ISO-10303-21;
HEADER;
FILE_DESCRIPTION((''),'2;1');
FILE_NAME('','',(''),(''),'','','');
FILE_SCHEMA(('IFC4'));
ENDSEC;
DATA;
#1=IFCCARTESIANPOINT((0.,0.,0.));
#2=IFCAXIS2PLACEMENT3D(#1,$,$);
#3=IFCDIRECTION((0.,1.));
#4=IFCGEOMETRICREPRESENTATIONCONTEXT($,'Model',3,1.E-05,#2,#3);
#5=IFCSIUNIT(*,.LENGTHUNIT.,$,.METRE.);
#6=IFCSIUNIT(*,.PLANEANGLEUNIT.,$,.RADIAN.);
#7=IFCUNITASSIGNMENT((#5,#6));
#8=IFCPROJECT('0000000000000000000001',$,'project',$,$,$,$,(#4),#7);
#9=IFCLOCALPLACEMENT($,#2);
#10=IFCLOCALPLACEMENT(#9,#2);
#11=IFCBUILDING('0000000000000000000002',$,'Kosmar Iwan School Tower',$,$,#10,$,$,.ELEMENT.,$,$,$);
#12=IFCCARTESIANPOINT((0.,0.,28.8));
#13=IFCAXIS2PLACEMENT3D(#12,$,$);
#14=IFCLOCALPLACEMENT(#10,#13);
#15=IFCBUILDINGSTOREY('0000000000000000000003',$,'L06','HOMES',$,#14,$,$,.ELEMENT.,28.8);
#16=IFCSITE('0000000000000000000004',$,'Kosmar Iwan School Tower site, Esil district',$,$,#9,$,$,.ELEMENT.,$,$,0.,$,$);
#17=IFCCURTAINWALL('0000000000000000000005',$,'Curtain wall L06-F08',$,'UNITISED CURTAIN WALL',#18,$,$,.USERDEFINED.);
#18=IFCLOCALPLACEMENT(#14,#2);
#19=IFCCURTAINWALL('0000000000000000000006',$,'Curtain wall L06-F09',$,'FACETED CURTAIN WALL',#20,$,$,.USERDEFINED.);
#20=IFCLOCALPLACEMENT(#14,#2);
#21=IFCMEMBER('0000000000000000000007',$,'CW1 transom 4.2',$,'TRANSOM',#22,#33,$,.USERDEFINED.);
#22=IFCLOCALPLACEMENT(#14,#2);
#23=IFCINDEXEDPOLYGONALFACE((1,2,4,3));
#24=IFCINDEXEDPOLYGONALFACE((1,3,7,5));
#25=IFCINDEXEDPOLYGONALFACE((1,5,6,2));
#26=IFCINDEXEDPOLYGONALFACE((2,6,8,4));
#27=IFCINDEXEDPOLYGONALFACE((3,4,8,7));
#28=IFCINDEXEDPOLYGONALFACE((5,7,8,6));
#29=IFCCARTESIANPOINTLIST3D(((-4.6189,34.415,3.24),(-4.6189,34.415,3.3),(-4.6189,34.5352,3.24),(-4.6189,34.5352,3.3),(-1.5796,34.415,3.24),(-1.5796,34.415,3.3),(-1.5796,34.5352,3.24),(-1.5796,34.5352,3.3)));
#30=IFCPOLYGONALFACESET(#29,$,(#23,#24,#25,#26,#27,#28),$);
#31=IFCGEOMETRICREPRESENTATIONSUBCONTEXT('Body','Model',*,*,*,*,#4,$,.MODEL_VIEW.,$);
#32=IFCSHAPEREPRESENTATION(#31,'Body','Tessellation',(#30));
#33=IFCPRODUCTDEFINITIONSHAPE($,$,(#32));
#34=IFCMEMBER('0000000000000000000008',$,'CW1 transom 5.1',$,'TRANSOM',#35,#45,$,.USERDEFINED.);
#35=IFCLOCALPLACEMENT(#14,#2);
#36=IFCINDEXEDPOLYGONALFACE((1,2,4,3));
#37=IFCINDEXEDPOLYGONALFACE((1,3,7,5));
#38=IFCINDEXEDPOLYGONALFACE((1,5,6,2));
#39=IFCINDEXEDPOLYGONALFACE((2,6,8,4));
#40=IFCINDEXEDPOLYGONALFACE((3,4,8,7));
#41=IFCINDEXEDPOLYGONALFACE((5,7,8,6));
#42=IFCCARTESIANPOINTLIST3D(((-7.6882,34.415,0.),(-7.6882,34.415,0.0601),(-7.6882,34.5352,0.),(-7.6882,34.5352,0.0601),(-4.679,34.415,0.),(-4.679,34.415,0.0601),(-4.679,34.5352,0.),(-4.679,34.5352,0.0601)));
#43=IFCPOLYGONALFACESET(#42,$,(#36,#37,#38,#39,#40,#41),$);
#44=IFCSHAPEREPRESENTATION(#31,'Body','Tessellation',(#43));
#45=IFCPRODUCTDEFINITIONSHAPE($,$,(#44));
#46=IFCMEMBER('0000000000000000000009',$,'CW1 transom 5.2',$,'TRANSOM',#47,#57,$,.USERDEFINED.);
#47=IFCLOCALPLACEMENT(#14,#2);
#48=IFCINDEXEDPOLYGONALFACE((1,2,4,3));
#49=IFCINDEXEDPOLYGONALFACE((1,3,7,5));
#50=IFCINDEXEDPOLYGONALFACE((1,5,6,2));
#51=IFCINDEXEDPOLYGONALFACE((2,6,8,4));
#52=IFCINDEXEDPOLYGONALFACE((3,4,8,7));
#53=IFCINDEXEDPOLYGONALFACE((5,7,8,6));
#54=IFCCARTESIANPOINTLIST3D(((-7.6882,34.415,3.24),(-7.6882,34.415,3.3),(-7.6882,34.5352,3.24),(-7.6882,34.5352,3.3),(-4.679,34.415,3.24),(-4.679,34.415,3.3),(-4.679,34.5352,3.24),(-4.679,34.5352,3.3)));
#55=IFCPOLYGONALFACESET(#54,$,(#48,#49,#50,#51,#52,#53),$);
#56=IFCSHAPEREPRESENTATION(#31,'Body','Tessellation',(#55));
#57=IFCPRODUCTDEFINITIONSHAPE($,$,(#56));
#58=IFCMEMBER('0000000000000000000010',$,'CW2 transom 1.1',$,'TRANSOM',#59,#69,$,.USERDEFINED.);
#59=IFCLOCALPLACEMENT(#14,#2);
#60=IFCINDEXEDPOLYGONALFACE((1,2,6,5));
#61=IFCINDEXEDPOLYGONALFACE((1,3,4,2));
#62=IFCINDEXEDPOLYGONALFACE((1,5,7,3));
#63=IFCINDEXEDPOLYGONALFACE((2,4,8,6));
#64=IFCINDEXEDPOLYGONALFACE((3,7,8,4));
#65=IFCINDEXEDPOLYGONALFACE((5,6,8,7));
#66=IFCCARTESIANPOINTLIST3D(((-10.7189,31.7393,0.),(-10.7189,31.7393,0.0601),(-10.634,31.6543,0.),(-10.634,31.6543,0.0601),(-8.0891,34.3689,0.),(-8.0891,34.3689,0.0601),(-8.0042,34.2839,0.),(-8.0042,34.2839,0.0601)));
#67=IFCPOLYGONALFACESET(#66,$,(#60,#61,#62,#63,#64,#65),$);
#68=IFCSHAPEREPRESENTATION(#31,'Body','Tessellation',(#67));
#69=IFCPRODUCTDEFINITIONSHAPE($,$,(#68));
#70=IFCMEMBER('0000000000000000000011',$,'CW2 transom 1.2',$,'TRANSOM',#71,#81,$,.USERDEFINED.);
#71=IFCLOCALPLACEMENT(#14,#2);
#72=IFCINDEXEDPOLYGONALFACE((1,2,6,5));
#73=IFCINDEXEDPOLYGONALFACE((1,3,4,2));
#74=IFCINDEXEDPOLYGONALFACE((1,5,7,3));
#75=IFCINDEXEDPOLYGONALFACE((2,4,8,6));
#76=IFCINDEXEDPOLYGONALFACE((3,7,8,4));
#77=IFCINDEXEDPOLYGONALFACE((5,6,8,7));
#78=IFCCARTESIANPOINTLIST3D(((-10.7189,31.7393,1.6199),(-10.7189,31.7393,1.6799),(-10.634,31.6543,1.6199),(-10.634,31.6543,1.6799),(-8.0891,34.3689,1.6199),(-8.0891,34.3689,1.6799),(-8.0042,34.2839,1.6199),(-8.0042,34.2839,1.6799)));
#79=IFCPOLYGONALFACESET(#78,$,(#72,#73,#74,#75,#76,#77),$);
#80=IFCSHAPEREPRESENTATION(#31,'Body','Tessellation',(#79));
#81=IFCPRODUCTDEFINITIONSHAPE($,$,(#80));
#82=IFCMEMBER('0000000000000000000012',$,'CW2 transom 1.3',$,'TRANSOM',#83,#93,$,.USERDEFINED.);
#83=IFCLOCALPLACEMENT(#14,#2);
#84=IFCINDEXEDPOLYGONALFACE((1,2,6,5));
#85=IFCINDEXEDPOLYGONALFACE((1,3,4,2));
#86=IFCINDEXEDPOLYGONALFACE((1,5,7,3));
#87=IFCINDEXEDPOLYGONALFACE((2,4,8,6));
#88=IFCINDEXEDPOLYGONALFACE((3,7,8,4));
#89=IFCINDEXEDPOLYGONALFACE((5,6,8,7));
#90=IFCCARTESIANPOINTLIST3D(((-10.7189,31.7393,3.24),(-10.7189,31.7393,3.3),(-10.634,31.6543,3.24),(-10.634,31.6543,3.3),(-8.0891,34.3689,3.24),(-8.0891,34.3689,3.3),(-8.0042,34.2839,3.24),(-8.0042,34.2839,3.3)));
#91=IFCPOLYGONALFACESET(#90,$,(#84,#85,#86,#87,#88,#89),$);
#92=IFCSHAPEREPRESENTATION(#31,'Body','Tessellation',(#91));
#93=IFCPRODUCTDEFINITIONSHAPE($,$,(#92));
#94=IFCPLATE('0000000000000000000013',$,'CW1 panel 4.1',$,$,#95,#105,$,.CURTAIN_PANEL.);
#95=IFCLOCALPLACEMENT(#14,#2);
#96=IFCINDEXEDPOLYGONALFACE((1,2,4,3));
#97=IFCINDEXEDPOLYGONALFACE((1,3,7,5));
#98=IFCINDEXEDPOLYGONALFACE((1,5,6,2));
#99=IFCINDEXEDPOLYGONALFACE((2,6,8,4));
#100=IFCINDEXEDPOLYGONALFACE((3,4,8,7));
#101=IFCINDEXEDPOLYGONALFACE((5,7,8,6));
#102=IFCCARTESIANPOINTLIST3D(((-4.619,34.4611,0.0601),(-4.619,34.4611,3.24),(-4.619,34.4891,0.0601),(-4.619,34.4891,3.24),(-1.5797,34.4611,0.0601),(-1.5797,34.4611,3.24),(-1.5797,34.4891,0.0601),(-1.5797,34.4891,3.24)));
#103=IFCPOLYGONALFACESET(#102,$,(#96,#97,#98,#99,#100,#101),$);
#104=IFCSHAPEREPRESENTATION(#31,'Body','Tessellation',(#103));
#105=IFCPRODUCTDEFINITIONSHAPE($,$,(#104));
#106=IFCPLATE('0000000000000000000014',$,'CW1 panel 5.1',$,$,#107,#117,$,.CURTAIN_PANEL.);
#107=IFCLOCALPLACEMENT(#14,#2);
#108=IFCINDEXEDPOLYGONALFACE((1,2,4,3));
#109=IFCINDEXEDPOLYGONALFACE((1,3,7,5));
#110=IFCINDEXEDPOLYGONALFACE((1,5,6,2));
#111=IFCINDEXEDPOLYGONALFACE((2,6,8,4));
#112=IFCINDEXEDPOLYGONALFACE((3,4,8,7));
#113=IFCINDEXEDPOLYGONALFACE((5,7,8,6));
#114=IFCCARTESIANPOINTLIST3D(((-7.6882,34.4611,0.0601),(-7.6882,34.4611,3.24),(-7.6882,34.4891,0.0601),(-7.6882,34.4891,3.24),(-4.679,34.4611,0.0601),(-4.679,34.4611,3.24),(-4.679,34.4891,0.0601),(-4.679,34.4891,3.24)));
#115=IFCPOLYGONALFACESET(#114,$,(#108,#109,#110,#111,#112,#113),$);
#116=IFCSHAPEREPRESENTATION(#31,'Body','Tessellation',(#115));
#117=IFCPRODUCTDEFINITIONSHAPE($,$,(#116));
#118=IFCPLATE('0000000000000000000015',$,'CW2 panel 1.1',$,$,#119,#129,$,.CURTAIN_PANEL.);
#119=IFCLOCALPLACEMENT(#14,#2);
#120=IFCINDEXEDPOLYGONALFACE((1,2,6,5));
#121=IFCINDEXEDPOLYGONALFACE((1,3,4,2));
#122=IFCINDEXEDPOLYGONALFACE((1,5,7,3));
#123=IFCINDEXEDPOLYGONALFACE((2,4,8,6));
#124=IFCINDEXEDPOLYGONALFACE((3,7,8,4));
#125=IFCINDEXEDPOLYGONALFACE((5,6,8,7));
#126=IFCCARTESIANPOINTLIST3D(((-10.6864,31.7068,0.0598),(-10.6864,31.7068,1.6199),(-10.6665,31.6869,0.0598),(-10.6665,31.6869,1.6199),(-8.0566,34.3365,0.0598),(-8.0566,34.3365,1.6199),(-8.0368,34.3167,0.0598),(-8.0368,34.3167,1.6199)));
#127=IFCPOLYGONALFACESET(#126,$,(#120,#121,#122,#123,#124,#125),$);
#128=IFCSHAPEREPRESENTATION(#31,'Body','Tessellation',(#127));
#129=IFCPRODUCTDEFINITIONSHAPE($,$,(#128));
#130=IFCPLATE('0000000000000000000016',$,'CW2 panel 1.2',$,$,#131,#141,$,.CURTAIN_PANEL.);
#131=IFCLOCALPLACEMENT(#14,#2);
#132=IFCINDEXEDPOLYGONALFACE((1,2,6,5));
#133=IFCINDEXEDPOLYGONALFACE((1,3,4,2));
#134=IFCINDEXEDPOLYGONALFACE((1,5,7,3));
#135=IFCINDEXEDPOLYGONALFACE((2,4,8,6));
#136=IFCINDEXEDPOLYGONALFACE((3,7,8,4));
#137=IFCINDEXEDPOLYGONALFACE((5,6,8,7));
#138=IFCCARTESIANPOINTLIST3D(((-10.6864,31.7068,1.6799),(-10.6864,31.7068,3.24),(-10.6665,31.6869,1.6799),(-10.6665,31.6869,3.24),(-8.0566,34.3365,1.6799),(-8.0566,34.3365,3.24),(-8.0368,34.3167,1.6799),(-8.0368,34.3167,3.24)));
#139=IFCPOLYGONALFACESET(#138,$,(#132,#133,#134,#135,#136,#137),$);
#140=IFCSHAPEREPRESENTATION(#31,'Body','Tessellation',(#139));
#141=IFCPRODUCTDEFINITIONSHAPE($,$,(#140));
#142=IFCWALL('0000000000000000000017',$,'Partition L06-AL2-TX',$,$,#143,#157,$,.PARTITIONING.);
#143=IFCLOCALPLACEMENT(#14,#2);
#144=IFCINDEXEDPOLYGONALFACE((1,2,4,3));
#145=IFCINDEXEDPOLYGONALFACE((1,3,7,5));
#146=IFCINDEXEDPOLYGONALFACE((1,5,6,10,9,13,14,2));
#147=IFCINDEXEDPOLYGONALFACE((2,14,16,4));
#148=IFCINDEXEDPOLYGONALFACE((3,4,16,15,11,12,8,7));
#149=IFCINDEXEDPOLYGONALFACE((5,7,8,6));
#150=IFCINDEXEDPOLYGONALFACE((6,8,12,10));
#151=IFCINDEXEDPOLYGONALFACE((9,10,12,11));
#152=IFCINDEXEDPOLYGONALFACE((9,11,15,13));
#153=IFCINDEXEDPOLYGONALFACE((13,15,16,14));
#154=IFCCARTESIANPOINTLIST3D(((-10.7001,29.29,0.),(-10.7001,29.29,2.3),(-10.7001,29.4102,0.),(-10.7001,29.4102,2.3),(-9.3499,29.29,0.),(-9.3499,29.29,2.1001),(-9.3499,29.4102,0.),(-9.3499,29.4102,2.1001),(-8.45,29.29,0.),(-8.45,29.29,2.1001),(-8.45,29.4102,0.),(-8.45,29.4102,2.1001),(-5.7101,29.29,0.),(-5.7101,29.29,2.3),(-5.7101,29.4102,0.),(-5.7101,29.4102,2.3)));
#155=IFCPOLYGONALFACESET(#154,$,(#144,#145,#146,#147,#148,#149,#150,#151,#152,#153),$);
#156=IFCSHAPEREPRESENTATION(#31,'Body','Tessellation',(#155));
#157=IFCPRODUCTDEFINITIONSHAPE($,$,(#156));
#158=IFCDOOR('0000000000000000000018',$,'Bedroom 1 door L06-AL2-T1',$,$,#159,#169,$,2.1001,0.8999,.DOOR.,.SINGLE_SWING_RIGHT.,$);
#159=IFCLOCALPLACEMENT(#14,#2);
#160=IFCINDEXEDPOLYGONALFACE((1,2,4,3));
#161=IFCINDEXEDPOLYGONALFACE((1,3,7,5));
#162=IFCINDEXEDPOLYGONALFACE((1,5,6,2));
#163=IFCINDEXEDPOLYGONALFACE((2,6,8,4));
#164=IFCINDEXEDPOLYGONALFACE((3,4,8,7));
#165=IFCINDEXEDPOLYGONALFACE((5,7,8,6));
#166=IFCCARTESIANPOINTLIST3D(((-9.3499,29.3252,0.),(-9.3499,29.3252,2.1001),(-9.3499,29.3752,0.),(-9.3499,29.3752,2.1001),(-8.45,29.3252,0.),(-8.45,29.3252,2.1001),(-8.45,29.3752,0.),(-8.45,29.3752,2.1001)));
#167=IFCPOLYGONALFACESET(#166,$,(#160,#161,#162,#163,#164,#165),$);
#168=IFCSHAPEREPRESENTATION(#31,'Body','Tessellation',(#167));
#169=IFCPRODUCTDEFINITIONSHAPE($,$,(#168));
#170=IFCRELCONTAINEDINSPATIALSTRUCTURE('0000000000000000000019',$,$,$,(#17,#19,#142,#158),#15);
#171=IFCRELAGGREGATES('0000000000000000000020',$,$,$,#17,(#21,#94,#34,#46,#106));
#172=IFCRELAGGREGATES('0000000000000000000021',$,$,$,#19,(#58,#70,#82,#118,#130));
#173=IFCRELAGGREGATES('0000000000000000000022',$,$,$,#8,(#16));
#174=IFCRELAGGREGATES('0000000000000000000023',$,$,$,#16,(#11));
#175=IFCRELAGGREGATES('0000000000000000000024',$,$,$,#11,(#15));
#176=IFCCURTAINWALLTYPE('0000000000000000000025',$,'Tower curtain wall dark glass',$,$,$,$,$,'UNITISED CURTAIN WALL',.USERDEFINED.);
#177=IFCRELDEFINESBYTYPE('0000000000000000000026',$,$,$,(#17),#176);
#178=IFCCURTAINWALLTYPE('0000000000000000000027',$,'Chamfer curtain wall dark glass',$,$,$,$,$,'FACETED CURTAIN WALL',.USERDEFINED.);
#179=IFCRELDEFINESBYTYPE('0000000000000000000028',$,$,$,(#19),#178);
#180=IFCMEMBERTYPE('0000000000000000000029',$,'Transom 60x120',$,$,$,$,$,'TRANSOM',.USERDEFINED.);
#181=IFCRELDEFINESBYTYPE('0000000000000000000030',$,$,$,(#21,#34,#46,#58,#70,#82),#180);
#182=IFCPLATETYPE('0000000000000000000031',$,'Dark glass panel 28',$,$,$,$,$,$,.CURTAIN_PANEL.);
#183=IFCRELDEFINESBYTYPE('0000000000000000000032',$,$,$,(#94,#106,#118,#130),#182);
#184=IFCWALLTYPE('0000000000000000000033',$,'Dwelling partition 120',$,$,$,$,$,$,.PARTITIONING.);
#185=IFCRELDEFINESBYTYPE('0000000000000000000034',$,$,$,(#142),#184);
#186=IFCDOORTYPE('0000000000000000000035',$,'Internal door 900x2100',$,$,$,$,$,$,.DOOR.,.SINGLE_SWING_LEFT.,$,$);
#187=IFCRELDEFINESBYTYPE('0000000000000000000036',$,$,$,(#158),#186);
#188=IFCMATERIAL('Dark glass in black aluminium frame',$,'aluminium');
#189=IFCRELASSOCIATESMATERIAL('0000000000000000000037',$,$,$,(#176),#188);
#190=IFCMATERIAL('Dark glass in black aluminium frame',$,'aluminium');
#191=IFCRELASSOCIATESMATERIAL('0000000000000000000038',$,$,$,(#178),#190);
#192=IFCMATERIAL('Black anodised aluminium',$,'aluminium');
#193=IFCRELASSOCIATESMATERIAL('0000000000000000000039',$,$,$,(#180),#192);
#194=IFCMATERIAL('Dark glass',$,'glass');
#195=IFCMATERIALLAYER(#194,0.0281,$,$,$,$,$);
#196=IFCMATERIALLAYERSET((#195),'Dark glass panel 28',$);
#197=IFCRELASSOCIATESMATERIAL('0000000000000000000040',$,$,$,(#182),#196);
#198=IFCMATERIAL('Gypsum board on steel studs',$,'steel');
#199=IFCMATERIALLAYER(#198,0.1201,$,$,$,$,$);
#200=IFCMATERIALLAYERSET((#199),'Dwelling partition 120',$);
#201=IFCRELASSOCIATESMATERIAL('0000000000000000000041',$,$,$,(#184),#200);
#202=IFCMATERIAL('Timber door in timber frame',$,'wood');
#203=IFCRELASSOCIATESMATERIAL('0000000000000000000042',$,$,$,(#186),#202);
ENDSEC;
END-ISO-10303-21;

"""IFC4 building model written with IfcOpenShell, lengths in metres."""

from ifc_helpers import new_model, si_unit, direction, frame, frame_2d, origin, origin_2d, place, context, subcontext, project, spatial, rectangle, extrude, material, layer, layer_set, material_profile, profile_set, type_object, element, fill, aggregate, save


model = new_model("IFC4")

# Units and contexts
model_context = context("Model", 3, precision=1e-05, world=origin(), true_north=direction((0.0, 1.0)))
body_context = subcontext(model_context, "Body", "Model", "MODEL_VIEW")
ifc_project = project(units=[si_unit("LENGTHUNIT", "METRE"), si_unit("PLANEANGLEUNIT", "RADIAN")], contexts=[model_context])

# Site, building, storey
site_placement = place(None, origin())
site = spatial("IfcSite", under=ifc_project, at=site_placement, Name="Kosmar Iwan School Tower site, Esil district", CompositionType="ELEMENT", RefElevation=0.0)
building_placement = place(site_placement, origin())
building = spatial("IfcBuilding", under=site, at=building_placement, Name="Kosmar Iwan School Tower", CompositionType="ELEMENT")
storey_placement = place(building_placement, frame((0.0, 0.0, 28.8)))
storey = spatial("IfcBuildingStorey", under=building, at=storey_placement, Name="L06", Description="HOMES", CompositionType="ELEMENT", Elevation=28.8)

# Curtain walls
ifc_material_1 = material(Name="Dark glass in black aluminium frame", Category="aluminium")
curtain_wall_type_1 = type_object("IfcCurtainWallType", Name="Tower curtain wall dark glass", ElementType="UNITISED CURTAIN WALL", PredefinedType="USERDEFINED", material=ifc_material_1)
curtain_wall_1_placement = place(storey_placement, origin())
curtain_wall_1 = element("IfcCurtainWall", 1, at=curtain_wall_1_placement, inside=storey, type_object=curtain_wall_type_1, Name="Curtain wall L06-F08", ObjectType="UNITISED CURTAIN WALL", PredefinedType="USERDEFINED")
ifc_material_2 = material(Name="Dark glass in black aluminium frame", Category="aluminium")
curtain_wall_type_2 = type_object("IfcCurtainWallType", Name="Chamfer curtain wall dark glass", ElementType="FACETED CURTAIN WALL", PredefinedType="USERDEFINED", material=ifc_material_2)
curtain_wall_2_placement = place(storey_placement, origin())
curtain_wall_2 = element("IfcCurtainWall", 2, at=curtain_wall_2_placement, inside=storey, type_object=curtain_wall_type_2, Name="Curtain wall L06-F09", ObjectType="FACETED CURTAIN WALL", PredefinedType="USERDEFINED")

# Members
ifc_material_3 = material(Name="Black anodised aluminium", Category="aluminium")
ifc_material_profile_1 = material_profile(ifc_material_3, rectangle(XDim=0.1201, YDim=0.0601, at=origin_2d()), Name="TRANSOM 60x120")
ifc_profile_set_1 = profile_set([ifc_material_profile_1], Name="Black anodised aluminium")
member_type_1 = type_object("IfcMemberType", Name="Transom 60x120", ElementType="TRANSOM", PredefinedType="USERDEFINED", material=ifc_profile_set_1)
member_1_placement = place(storey_placement, frame((-1.5796, 34.4751, 3.27), z_axis=(-1.0, 0.0, 0.0), x_axis=(0.0, -1.0, 0.0)))
member_1 = element("IfcMember", 3, at=member_1_placement, type_object=member_type_1, Name="CW1 transom 4.2", ObjectType="TRANSOM", PredefinedType="USERDEFINED", context=body_context, shape_type="SweptSolid", body=[
    extrude(rectangle(XDim=0.1201, YDim=0.0601, at=origin_2d()), origin(), (0.0, 0.0, 1.0), 3.0393),
])
member_2_placement = place(storey_placement, frame((-4.679, 34.4751, 0.03), z_axis=(-1.0, 0.0, 0.0), x_axis=(0.0, -1.0, 0.0)))
member_2 = element("IfcMember", 4, at=member_2_placement, type_object=member_type_1, Name="CW1 transom 5.1", ObjectType="TRANSOM", PredefinedType="USERDEFINED", context=body_context, shape_type="SweptSolid", body=[
    extrude(rectangle(XDim=0.1201, YDim=0.0601, at=origin_2d()), origin(), (0.0, 0.0, 1.0), 3.0093),
])
member_3_placement = place(storey_placement, frame((-4.679, 34.4751, 3.27), z_axis=(-1.0, 0.0, 0.0), x_axis=(0.0, -1.0, 0.0)))
member_3 = element("IfcMember", 5, at=member_3_placement, type_object=member_type_1, Name="CW1 transom 5.2", ObjectType="TRANSOM", PredefinedType="USERDEFINED", context=body_context, shape_type="SweptSolid", body=[
    extrude(rectangle(XDim=0.1201, YDim=0.0601, at=origin_2d()), origin(), (0.0, 0.0, 1.0), 3.0093),
])
member_4_placement = place(storey_placement, frame((-8.0466, 34.3264, 0.03), z_axis=(-0.70714, -0.707074, 0.0), x_axis=(0.707074, -0.70714, 0.0)))
member_4 = element("IfcMember", 6, at=member_4_placement, type_object=member_type_1, Name="CW2 transom 1.1", ObjectType="TRANSOM", PredefinedType="USERDEFINED", context=body_context, shape_type="SweptSolid", body=[
    extrude(rectangle(XDim=0.1201, YDim=0.0601, at=origin_2d()), origin(), (0.0, 0.0, 1.0), 3.719),
])
member_5_placement = place(storey_placement, frame((-8.0466, 34.3264, 1.6499), z_axis=(-0.70714, -0.707074, 0.0), x_axis=(0.707074, -0.70714, 0.0)))
member_5 = element("IfcMember", 7, at=member_5_placement, type_object=member_type_1, Name="CW2 transom 1.2", ObjectType="TRANSOM", PredefinedType="USERDEFINED", context=body_context, shape_type="SweptSolid", body=[
    extrude(rectangle(XDim=0.1201, YDim=0.0601, at=origin_2d()), origin(), (0.0, 0.0, 1.0), 3.719),
])
member_6_placement = place(storey_placement, frame((-8.0466, 34.3264, 3.27), z_axis=(-0.70714, -0.707074, 0.0), x_axis=(0.707074, -0.70714, 0.0)))
member_6 = element("IfcMember", 8, at=member_6_placement, type_object=member_type_1, Name="CW2 transom 1.3", ObjectType="TRANSOM", PredefinedType="USERDEFINED", context=body_context, shape_type="SweptSolid", body=[
    extrude(rectangle(XDim=0.1201, YDim=0.0601, at=origin_2d()), origin(), (0.0, 0.0, 1.0), 3.719),
])

# Plates
ifc_material_4 = material(Name="Dark glass", Category="glass")
ifc_layer_1 = layer(ifc_material_4, 0.0281)
ifc_layer_set_1 = layer_set([ifc_layer_1], Name="Dark glass panel 28")
plate_type = type_object("IfcPlateType", Name="Dark glass panel 28", PredefinedType="CURTAIN_PANEL", material=ifc_layer_set_1)
plate_1_placement = place(storey_placement, frame((-3.0994, 34.4751, 0.0601), z_axis=(0.0, 0.0, 1.0), x_axis=(-1.0, 0.0, 0.0)))
plate_1 = element("IfcPlate", 9, at=plate_1_placement, type_object=plate_type, Name="CW1 panel 4.1", PredefinedType="CURTAIN_PANEL", context=body_context, shape_type="SweptSolid", body=[
    extrude(rectangle(XDim=3.0393, YDim=0.0281, at=origin_2d()), origin(), (0.0, 0.0, 1.0), 3.1799),
])
plate_2_placement = place(storey_placement, frame((-6.1836, 34.4751, 0.0601), z_axis=(0.0, 0.0, 1.0), x_axis=(-1.0, 0.0, 0.0)))
plate_2 = element("IfcPlate", 10, at=plate_2_placement, type_object=plate_type, Name="CW1 panel 5.1", PredefinedType="CURTAIN_PANEL", context=body_context, shape_type="SweptSolid", body=[
    extrude(rectangle(XDim=3.0093, YDim=0.0281, at=origin_2d()), origin(), (0.0, 0.0, 1.0), 3.1799),
])
aggregate(curtain_wall_1, [member_1, plate_1, member_2, member_3, plate_2])
plate_3_placement = place(storey_placement, frame((-9.3616, 33.0117, 0.0598), z_axis=(0.0, 0.0, 1.0), x_axis=(-0.707107, -0.707107, 0.0)))
plate_3 = element("IfcPlate", 11, at=plate_3_placement, type_object=plate_type, Name="CW2 panel 1.1", PredefinedType="CURTAIN_PANEL", context=body_context, shape_type="SweptSolid", body=[
    extrude(rectangle(XDim=3.719, YDim=0.0281, at=origin_2d()), origin(), (0.0, 0.0, 1.0), 1.5601),
])
plate_4_placement = place(storey_placement, frame((-9.3616, 33.0117, 1.6799), z_axis=(0.0, 0.0, 1.0), x_axis=(-0.707107, -0.707107, 0.0)))
plate_4 = element("IfcPlate", 12, at=plate_4_placement, type_object=plate_type, Name="CW2 panel 1.2", PredefinedType="CURTAIN_PANEL", context=body_context, shape_type="SweptSolid", body=[
    extrude(rectangle(XDim=3.719, YDim=0.0281, at=origin_2d()), origin(), (0.0, 0.0, 1.0), 1.5601),
])
aggregate(curtain_wall_2, [member_4, member_5, member_6, plate_3, plate_4])

# Wall, opening, door
ifc_material_5 = material(Name="Gypsum board on steel studs", Category="steel")
ifc_layer_2 = layer(ifc_material_5, 0.1201)
ifc_layer_set_2 = layer_set([ifc_layer_2], Name="Dwelling partition 120")
wall_type_1 = type_object("IfcWallType", Name="Dwelling partition 120", PredefinedType="PARTITIONING", material=ifc_layer_set_2)
wall_1_placement = place(storey_placement, frame((-5.71, 29.3501, 0.0), z_axis=(0.0, 0.0, 1.0), x_axis=(-1.0, 0.0, 0.0)))
wall_1 = element("IfcWall", 13, at=wall_1_placement, inside=storey, type_object=wall_type_1, Name="Partition L06-AL2-TX", PredefinedType="PARTITIONING", context=body_context, shape_type="SweptSolid", body=[
    extrude(rectangle(XDim=4.99, YDim=0.1201, at=frame_2d((2.4951, 0.0))), origin(), (0.0, 0.0, 1.0), 2.3),
])
opening_1_placement = place(wall_1_placement, frame((2.74, 0.0, 0.0)))
opening_1 = element("IfcOpeningElement", 14, at=opening_1_placement, cuts=wall_1, PredefinedType="OPENING", context=body_context, shape_type="SweptSolid", body=[
    extrude(rectangle(XDim=0.8999, YDim=2.1001, at=frame_2d((0.45, 1.05))), frame((0.0, 0.072, 0.0), z_axis=(0.0, -1.0, 0.0), x_axis=(1.0, 0.0, 0.0)), (0.0, 0.0, 1.0), 0.144),
])
ifc_material_6 = material(Name="Timber door in timber frame", Category="wood")
door_type_1 = type_object("IfcDoorType", Name="Internal door 900x2100", OperationType="SINGLE_SWING_LEFT", PredefinedType="DOOR", material=ifc_material_6)
door_1_placement = place(opening_1_placement, origin())
door_1 = element("IfcDoor", 15, at=door_1_placement, inside=storey, type_object=door_type_1, Name="Bedroom 1 door L06-AL2-T1", OperationType="SINGLE_SWING_RIGHT", OverallHeight=2.1001, OverallWidth=0.8999, PredefinedType="DOOR", context=body_context, shape_type="SweptSolid", body=[
    extrude(rectangle(XDim=0.8999, YDim=2.1001, at=frame_2d((0.45, 1.05))), frame((0.0, 0.0249, 0.0), z_axis=(0.0, -1.0, 0.0), x_axis=(1.0, 0.0, 0.0)), (0.0, 0.0, 1.0), 0.05),
])
fill(opening_1, door_1)

save(model, "model.ifc")
